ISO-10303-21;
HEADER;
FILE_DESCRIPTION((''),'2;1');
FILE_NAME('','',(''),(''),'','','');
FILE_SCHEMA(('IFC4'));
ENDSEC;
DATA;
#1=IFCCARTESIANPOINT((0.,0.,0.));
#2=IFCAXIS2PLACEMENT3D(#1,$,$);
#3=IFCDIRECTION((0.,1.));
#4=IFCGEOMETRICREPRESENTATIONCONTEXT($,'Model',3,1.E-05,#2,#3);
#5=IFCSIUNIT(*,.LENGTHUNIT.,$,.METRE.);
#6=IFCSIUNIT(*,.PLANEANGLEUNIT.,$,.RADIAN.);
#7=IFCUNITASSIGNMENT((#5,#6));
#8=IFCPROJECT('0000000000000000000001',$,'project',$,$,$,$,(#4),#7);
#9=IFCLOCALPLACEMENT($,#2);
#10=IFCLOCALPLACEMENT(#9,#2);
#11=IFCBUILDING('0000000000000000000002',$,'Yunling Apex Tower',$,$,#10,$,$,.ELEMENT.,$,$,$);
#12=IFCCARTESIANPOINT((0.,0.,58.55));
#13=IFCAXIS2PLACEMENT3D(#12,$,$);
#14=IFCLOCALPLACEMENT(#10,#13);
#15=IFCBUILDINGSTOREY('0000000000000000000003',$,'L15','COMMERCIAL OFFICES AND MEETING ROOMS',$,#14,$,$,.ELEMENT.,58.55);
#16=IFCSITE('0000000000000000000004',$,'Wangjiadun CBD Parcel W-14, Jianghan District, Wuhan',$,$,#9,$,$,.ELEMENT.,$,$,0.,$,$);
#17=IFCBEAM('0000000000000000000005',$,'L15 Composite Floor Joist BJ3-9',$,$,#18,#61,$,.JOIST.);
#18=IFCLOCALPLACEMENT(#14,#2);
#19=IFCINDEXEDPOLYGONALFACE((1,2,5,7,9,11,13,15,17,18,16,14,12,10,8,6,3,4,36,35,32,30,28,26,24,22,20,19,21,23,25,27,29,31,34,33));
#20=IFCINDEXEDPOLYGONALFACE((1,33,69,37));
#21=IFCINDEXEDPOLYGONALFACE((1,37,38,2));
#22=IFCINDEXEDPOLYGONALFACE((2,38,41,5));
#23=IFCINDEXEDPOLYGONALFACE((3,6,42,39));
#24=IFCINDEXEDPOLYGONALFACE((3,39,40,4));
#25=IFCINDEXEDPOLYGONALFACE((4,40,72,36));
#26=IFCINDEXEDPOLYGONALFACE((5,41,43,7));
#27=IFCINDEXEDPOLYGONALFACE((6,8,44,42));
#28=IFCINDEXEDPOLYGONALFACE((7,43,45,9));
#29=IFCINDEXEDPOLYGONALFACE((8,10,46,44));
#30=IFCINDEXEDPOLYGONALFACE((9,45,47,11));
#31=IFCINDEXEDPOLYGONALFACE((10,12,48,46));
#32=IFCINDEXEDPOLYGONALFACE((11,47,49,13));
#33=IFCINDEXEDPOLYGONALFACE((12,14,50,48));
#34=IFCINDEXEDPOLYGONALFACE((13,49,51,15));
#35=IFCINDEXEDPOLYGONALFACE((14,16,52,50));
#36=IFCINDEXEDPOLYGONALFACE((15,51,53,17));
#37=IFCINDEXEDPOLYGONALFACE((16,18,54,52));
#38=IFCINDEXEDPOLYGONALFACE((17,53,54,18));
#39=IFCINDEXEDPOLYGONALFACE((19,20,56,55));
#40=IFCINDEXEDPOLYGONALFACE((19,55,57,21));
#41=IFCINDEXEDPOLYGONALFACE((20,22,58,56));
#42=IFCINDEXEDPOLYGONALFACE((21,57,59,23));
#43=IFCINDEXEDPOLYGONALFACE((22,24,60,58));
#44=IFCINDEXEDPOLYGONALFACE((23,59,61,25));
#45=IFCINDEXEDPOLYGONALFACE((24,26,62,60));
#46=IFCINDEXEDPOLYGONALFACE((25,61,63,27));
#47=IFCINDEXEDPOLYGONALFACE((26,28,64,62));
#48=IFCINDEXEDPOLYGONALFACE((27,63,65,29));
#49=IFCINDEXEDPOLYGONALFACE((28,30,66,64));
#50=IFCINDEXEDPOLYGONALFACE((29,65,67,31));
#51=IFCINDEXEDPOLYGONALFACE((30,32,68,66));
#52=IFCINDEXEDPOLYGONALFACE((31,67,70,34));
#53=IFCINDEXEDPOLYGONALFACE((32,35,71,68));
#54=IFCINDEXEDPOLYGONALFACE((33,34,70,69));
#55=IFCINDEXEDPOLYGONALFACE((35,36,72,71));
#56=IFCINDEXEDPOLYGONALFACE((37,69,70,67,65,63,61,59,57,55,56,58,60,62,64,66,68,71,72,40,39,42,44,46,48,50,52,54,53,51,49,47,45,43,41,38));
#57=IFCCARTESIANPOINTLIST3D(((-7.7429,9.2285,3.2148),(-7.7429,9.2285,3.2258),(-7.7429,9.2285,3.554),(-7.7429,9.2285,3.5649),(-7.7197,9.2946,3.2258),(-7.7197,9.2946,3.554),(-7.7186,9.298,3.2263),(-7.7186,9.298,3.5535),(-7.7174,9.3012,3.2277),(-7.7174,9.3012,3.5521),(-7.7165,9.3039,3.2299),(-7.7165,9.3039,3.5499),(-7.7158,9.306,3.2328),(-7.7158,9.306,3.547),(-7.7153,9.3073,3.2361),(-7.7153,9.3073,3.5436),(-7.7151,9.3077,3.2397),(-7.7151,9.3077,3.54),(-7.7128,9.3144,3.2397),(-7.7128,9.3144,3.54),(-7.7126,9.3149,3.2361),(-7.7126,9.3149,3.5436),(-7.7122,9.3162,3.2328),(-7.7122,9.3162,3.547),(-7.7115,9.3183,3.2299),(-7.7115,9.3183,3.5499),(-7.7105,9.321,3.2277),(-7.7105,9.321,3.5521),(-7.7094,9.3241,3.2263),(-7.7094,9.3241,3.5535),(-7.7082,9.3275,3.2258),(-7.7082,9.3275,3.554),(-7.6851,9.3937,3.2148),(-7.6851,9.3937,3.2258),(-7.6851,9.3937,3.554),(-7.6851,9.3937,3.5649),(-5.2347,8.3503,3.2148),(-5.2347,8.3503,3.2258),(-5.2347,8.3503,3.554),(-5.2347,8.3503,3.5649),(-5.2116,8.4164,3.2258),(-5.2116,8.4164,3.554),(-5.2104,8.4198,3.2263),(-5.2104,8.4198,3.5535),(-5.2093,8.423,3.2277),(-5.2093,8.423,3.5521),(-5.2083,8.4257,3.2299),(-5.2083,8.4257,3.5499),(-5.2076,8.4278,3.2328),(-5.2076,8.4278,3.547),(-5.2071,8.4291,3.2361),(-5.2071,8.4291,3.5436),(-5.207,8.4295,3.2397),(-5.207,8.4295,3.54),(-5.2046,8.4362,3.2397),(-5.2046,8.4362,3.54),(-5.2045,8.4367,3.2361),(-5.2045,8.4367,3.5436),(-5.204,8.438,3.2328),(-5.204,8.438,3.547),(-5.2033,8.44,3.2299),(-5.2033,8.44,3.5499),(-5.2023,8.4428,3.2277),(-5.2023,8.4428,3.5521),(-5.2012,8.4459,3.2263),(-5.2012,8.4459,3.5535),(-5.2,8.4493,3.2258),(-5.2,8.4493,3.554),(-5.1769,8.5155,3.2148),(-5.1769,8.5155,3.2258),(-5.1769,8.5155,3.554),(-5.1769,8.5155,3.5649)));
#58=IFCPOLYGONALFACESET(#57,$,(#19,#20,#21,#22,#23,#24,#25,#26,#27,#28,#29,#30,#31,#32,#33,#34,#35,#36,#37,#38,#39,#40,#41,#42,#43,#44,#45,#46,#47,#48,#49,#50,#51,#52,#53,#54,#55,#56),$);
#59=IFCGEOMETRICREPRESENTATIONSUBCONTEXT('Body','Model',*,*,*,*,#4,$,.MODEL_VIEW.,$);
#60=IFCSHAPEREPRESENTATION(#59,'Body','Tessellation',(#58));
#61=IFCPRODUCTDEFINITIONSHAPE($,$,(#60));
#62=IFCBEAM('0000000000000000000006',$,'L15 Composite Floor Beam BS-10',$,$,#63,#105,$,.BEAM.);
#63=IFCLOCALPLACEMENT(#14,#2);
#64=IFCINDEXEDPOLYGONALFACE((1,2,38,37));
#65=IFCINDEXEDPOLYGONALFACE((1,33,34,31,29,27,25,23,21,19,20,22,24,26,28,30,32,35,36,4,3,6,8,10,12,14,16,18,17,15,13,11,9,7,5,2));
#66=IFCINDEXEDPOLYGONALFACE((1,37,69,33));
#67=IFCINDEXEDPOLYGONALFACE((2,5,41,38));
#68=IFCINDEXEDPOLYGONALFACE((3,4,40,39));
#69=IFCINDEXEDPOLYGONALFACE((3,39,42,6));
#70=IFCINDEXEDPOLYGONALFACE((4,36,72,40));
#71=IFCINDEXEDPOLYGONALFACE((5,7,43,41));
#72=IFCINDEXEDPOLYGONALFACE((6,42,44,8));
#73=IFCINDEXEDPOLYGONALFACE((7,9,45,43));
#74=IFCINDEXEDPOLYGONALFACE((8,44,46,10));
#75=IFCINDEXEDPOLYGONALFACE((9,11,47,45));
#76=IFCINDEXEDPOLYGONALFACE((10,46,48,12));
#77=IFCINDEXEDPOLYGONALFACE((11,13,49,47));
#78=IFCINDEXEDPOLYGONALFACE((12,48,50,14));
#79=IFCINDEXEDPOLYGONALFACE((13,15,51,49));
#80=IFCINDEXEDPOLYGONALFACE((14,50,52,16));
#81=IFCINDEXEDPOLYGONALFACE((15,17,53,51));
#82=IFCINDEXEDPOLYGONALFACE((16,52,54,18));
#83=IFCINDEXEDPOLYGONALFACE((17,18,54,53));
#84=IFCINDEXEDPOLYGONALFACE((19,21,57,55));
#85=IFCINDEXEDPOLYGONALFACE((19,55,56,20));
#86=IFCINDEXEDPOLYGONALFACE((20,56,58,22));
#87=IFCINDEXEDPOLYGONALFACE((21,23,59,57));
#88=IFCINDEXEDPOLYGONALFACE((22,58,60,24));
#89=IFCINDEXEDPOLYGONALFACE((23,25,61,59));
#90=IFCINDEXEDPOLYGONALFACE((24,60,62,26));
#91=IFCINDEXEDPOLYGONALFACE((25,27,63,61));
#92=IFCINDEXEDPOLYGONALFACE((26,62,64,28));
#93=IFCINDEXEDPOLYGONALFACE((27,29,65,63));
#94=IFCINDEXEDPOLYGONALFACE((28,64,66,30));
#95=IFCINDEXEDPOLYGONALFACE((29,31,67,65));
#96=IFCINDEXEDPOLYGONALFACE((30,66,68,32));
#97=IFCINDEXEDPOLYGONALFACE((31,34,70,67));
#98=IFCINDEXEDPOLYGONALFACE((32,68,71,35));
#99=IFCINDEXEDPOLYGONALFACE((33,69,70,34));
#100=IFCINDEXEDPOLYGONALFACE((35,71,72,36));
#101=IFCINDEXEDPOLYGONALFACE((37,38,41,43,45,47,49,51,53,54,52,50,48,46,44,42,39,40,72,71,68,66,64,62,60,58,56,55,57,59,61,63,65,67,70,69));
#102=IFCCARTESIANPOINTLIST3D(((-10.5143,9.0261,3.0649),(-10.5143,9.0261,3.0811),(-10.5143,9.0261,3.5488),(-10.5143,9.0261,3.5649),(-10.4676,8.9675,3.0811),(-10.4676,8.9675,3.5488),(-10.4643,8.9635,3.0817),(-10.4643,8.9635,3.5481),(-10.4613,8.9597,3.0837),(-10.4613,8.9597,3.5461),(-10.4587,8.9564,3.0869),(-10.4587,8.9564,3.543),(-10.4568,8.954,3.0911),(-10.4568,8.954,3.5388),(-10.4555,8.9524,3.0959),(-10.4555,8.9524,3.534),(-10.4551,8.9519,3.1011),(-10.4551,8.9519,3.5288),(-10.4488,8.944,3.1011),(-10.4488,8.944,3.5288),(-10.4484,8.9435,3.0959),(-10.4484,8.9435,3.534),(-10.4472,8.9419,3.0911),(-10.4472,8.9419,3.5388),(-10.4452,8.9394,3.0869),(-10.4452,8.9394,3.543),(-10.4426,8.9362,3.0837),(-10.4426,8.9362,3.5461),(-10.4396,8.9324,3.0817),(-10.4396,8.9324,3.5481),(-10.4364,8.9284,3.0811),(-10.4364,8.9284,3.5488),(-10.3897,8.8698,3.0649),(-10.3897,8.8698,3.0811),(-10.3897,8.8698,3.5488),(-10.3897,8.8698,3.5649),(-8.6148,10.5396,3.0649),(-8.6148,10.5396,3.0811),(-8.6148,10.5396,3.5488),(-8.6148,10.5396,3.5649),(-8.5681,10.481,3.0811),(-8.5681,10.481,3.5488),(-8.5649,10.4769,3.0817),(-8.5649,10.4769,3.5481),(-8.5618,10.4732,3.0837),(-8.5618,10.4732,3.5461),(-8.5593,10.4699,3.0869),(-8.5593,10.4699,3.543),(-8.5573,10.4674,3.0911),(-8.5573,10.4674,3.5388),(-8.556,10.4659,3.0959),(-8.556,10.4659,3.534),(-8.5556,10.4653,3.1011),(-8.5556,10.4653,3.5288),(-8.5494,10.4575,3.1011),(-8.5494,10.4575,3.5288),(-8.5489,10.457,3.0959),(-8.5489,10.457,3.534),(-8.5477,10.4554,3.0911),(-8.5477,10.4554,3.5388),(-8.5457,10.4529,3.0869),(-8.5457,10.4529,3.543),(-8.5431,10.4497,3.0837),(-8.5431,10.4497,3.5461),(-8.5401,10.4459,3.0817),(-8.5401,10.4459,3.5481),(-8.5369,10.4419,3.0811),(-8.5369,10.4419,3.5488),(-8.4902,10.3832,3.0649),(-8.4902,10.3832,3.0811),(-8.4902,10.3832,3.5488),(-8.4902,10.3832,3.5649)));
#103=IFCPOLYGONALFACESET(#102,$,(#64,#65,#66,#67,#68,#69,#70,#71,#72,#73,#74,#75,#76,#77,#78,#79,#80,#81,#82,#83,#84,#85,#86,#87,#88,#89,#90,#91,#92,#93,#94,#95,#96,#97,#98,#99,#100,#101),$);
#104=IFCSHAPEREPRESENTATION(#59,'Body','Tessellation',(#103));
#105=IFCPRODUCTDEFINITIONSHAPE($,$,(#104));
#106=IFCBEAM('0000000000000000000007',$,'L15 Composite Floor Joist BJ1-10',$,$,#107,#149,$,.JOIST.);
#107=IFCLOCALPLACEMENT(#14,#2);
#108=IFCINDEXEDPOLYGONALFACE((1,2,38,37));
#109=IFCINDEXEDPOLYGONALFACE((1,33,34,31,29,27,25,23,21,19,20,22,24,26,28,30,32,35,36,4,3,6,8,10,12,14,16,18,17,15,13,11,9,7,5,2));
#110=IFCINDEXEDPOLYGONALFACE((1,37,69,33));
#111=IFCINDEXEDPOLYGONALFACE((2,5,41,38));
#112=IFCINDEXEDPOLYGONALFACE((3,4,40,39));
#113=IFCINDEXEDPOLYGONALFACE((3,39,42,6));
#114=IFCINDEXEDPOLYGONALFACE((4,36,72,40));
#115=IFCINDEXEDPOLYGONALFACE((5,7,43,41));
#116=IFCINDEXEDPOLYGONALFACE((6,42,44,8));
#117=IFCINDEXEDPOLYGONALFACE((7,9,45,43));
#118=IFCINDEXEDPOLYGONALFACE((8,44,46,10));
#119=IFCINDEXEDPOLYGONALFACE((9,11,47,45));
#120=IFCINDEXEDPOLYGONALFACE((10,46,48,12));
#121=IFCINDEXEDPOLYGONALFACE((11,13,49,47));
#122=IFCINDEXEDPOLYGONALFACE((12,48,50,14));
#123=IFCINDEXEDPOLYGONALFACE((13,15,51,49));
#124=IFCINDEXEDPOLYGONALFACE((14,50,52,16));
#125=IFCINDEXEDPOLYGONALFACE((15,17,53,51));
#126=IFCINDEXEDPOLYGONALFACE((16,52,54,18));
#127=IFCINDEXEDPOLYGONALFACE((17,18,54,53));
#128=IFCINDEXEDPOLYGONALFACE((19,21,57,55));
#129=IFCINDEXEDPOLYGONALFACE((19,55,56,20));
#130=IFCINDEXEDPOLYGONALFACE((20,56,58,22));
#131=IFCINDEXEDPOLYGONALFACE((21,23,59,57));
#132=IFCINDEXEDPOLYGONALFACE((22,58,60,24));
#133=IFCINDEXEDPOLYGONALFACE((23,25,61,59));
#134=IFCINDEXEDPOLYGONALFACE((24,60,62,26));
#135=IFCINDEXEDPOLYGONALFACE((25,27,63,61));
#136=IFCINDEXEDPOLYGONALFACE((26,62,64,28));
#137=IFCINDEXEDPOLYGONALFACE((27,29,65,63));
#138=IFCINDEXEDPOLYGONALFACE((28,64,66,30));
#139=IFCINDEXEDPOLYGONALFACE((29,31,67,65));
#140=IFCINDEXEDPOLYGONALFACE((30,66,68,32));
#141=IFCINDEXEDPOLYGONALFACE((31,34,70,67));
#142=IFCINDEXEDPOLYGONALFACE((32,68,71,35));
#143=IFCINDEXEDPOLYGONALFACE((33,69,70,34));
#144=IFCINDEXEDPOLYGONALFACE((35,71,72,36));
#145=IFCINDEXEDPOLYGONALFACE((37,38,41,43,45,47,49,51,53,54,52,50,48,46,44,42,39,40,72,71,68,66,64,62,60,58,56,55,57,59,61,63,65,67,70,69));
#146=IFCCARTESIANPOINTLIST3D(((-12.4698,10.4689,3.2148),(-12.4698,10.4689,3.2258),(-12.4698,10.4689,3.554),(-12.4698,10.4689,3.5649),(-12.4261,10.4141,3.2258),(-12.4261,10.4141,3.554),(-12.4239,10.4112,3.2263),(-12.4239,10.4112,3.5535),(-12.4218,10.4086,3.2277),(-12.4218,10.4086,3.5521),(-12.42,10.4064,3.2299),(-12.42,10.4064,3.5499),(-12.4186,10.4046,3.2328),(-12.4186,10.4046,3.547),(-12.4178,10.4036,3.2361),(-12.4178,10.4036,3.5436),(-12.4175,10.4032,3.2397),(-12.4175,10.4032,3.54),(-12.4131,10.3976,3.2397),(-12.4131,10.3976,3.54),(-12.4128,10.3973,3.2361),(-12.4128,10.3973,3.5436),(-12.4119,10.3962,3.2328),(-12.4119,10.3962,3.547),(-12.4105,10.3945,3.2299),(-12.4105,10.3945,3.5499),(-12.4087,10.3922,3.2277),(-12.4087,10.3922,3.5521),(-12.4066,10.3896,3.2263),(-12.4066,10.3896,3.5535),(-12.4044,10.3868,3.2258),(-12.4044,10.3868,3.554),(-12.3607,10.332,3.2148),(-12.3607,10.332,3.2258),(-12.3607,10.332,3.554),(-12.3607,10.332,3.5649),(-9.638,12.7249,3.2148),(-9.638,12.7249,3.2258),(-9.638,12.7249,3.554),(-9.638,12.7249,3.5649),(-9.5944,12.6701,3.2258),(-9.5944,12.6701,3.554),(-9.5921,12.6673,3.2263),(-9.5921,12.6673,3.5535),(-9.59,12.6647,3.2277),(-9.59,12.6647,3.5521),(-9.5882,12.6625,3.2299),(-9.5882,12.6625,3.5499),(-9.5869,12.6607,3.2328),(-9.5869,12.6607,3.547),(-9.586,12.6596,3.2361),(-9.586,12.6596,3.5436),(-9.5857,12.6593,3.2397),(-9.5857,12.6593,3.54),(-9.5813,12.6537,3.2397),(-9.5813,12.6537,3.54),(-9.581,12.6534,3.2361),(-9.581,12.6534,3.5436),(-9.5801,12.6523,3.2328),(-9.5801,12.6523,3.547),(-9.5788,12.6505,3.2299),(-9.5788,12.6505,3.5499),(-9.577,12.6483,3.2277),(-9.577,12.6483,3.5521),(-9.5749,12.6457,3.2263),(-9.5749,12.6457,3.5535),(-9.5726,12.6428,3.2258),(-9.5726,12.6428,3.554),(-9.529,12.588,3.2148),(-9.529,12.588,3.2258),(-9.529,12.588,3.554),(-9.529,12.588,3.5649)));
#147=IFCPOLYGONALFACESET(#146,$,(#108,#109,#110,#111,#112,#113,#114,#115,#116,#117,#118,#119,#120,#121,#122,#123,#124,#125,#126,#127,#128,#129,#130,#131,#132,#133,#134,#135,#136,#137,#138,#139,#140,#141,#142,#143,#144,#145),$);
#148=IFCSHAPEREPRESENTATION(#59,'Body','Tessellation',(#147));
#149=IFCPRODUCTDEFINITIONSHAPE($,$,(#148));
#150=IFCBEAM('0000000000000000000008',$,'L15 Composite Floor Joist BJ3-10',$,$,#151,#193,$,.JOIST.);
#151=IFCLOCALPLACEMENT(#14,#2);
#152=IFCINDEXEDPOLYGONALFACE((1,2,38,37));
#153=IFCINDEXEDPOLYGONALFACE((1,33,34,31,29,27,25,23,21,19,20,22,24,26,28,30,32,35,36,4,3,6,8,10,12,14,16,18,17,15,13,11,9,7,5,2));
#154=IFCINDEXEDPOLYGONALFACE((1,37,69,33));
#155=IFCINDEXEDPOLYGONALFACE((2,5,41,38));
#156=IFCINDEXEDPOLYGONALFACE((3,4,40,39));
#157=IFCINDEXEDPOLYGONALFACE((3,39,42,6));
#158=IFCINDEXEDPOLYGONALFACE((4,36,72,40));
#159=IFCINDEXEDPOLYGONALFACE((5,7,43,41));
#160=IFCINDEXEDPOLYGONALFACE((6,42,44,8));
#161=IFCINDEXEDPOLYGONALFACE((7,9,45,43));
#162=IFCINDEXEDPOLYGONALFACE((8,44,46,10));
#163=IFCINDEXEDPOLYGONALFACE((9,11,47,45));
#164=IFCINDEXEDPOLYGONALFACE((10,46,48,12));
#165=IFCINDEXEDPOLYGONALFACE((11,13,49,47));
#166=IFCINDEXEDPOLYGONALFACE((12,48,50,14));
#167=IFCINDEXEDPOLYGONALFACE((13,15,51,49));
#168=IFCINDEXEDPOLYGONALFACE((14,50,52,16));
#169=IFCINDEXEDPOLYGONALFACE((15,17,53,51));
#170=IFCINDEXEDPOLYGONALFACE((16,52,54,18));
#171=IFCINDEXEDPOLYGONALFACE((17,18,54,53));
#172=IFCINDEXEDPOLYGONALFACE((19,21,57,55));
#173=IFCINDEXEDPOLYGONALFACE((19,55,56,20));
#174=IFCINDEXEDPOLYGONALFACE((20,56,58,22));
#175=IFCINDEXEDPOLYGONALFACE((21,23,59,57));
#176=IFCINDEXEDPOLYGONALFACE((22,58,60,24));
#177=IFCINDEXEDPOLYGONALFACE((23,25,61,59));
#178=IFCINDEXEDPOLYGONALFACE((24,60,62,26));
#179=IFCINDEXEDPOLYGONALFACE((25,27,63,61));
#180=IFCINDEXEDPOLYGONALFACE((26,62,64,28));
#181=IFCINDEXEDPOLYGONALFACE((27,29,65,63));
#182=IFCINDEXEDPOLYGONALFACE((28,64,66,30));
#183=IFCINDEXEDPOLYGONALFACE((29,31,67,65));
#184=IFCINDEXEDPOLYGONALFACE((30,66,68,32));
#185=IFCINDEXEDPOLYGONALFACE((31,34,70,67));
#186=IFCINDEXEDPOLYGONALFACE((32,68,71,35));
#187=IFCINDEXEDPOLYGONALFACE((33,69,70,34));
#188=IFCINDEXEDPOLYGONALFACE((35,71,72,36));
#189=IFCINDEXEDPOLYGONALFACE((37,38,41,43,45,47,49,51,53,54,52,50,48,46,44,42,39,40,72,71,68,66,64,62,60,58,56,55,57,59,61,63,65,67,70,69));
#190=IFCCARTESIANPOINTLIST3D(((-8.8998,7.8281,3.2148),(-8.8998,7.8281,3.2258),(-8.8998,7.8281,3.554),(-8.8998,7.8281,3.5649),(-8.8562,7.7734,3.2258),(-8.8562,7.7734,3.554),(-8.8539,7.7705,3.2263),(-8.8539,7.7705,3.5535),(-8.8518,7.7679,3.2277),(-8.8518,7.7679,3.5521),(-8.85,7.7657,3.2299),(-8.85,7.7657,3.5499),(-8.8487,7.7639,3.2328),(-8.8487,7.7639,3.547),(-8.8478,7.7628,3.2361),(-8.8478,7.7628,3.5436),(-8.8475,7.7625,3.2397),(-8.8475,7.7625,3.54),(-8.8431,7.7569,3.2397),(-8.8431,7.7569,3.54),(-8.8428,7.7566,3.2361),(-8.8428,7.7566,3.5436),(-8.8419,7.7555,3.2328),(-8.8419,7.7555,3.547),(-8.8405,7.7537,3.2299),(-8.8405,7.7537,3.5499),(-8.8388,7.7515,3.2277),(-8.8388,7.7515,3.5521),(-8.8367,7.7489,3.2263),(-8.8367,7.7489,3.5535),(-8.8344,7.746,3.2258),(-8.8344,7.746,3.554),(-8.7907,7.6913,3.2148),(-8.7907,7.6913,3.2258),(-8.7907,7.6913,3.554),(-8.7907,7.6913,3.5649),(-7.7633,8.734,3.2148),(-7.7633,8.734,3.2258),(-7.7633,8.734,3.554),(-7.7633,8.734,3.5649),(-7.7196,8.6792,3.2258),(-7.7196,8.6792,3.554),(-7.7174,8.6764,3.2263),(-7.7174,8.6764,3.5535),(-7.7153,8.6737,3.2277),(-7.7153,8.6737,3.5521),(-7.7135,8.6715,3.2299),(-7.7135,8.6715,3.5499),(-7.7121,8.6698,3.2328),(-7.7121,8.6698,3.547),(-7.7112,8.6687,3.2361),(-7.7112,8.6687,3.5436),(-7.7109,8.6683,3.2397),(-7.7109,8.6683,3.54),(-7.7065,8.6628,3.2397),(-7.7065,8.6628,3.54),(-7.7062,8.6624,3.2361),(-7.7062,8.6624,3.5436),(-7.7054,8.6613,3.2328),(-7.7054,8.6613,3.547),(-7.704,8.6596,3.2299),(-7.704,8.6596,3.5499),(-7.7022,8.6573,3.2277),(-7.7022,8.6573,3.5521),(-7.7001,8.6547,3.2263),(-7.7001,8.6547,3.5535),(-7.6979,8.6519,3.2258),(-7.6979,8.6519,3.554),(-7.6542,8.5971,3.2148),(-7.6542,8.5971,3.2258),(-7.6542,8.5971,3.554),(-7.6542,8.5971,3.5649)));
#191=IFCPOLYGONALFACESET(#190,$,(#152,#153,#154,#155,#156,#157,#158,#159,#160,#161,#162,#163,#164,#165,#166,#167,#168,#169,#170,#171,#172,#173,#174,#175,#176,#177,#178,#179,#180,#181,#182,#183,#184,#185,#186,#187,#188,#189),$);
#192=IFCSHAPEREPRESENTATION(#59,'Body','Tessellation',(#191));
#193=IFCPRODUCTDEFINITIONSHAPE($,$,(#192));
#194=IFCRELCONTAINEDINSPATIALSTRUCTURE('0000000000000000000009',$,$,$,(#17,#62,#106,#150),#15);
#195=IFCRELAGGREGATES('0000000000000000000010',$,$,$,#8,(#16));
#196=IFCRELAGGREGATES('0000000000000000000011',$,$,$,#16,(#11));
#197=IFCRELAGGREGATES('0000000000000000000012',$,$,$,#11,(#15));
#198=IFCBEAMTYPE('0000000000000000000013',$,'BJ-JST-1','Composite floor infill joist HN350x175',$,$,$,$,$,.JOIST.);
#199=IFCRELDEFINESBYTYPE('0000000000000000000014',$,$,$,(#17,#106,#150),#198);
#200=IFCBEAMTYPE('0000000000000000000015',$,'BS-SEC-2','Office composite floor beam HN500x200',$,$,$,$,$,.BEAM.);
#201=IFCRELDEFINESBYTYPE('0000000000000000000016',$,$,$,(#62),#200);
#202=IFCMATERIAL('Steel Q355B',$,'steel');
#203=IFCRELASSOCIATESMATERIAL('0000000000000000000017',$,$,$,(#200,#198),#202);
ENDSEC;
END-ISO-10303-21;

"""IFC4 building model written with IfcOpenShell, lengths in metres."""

from ifc_helpers import new_model, si_unit, direction, frame, origin, origin_2d, place, context, subcontext, project, spatial, i_section, extrude, source, transform, mapped, material, material_profile, profile_set, type_object, element, save


model = new_model("IFC4")

# Units and contexts
model_context = context("Model", 3, precision=1e-05, world=origin(), true_north=direction((0.0, 1.0)))
body_context = subcontext(model_context, "Body", "Model", "MODEL_VIEW")
ifc_project = project(units=[si_unit("LENGTHUNIT", "METRE"), si_unit("PLANEANGLEUNIT", "RADIAN")], contexts=[model_context])

# Site, building, storey
site_placement = place(None, origin())
site = spatial("IfcSite", under=ifc_project, at=site_placement, Name="Wangjiadun CBD Parcel W-14, Jianghan District, Wuhan", CompositionType="ELEMENT", RefElevation=0.0)
building_placement = place(site_placement, origin())
building = spatial("IfcBuilding", under=site, at=building_placement, Name="Yunling Apex Tower", CompositionType="ELEMENT")
storey_placement = place(building_placement, frame((0.0, 0.0, 58.55)))
storey = spatial("IfcBuildingStorey", under=building, at=storey_placement, Name="L15", Description="COMMERCIAL OFFICES AND MEETING ROOMS", CompositionType="ELEMENT", Elevation=58.55)

# Beams
ifc_material_1 = material(Name="Steel Q355B", Category="steel")
ifc_material_profile_1 = material_profile(ifc_material_1, i_section(OverallWidth=0.2, OverallDepth=0.5, WebThickness=0.01, FlangeThickness=0.0161, FilletRadius=0.02, at=origin_2d()))
ifc_profile_set_1 = profile_set([ifc_material_profile_1], Name="Steel Q355B")
beam_type_1 = type_object("IfcBeamType", Name="BS-SEC-2", Description="Office composite floor beam HN500x200", PredefinedType="BEAM", material=ifc_profile_set_1)
ifc_material_profile_2 = material_profile(ifc_material_1, i_section(OverallWidth=0.175, OverallDepth=0.3501, WebThickness=0.0071, FlangeThickness=0.011, FilletRadius=0.0139, at=origin_2d()))
ifc_profile_set_2 = profile_set([ifc_material_profile_2], Name="Steel Q355B")
beam_type_2 = type_object("IfcBeamType", Name="BJ-JST-1", Description="Composite floor infill joist HN350x175", PredefinedType="JOIST", material=ifc_profile_set_2)
shared_shape_1 = source(origin(), body_context, "Body", "SweptSolid", [
    extrude(i_section(OverallWidth=0.175, OverallDepth=0.3501, WebThickness=0.0071, FlangeThickness=0.011, FilletRadius=0.0139, at=origin_2d()), origin(), (0.0, 0.0, 1.0), 2.6575),
])
beam_1_placement = place(storey_placement, frame((-5.2058, 8.4329, 3.3899), z_axis=(-0.943817, 0.330469, 0.0), x_axis=(-0.330469, -0.943817, 0.0)))
element("IfcBeam", 1, at=beam_1_placement, inside=storey, type_object=beam_type_2, Name="L15 Composite Floor Joist BJ3-9", PredefinedType="JOIST", context=body_context, shape_type="MappedRepresentation", body=[
    mapped(shared_shape_1, transform((0.0, 0.0, 0.0), scale=1.0)),
])
shared_shape_2 = source(origin(), body_context, "Body", "SweptSolid", [
    extrude(i_section(OverallWidth=0.2, OverallDepth=0.5, WebThickness=0.01, FlangeThickness=0.0161, FilletRadius=0.02, at=origin_2d()), origin(), (0.0, 0.0, 1.0), 2.4287),
])
beam_2_placement = place(storey_placement, frame((-8.5525, 10.4614, 3.3149), z_axis=(-0.782093, -0.623161, 0.0), x_axis=(0.623161, -0.782093, 0.0)))
element("IfcBeam", 2, at=beam_2_placement, inside=storey, type_object=beam_type_1, Name="L15 Composite Floor Beam BS-10", PredefinedType="BEAM", context=body_context, shape_type="MappedRepresentation", body=[
    mapped(shared_shape_2, transform((0.0, 0.0, 0.0), scale=1.0)),
])
shared_shape_3 = source(origin(), body_context, "Body", "SweptSolid", [
    extrude(i_section(OverallWidth=0.175, OverallDepth=0.3501, WebThickness=0.0071, FlangeThickness=0.011, FilletRadius=0.0139, at=origin_2d()), origin(), (0.0, 0.0, 1.0), 3.6206),
])
beam_3_placement = place(storey_placement, frame((-9.5835, 12.6565, 3.3899), z_axis=(-0.782124, -0.623123, 0.0), x_axis=(0.623123, -0.782124, 0.0)))
element("IfcBeam", 3, at=beam_3_placement, inside=storey, type_object=beam_type_2, Name="L15 Composite Floor Joist BJ1-10", PredefinedType="JOIST", context=body_context, shape_type="MappedRepresentation", body=[
    mapped(shared_shape_3, transform((0.0, 0.0, 0.0), scale=1.0)),
])
shared_shape_4 = source(origin(), body_context, "Body", "SweptSolid", [
    extrude(i_section(OverallWidth=0.175, OverallDepth=0.3501, WebThickness=0.0071, FlangeThickness=0.011, FilletRadius=0.0139, at=origin_2d()), origin(), (0.0, 0.0, 1.0), 1.4534),
])
beam_4_placement = place(storey_placement, frame((-7.7087, 8.6655, 3.3899), z_axis=(-0.782015, -0.62326, 0.0), x_axis=(0.62326, -0.782015, 0.0)))
element("IfcBeam", 4, at=beam_4_placement, inside=storey, type_object=beam_type_2, Name="L15 Composite Floor Joist BJ3-10", PredefinedType="JOIST", context=body_context, shape_type="MappedRepresentation", body=[
    mapped(shared_shape_4, transform((0.0, 0.0, 0.0), scale=1.0)),
])

save(model, "model.ifc")
